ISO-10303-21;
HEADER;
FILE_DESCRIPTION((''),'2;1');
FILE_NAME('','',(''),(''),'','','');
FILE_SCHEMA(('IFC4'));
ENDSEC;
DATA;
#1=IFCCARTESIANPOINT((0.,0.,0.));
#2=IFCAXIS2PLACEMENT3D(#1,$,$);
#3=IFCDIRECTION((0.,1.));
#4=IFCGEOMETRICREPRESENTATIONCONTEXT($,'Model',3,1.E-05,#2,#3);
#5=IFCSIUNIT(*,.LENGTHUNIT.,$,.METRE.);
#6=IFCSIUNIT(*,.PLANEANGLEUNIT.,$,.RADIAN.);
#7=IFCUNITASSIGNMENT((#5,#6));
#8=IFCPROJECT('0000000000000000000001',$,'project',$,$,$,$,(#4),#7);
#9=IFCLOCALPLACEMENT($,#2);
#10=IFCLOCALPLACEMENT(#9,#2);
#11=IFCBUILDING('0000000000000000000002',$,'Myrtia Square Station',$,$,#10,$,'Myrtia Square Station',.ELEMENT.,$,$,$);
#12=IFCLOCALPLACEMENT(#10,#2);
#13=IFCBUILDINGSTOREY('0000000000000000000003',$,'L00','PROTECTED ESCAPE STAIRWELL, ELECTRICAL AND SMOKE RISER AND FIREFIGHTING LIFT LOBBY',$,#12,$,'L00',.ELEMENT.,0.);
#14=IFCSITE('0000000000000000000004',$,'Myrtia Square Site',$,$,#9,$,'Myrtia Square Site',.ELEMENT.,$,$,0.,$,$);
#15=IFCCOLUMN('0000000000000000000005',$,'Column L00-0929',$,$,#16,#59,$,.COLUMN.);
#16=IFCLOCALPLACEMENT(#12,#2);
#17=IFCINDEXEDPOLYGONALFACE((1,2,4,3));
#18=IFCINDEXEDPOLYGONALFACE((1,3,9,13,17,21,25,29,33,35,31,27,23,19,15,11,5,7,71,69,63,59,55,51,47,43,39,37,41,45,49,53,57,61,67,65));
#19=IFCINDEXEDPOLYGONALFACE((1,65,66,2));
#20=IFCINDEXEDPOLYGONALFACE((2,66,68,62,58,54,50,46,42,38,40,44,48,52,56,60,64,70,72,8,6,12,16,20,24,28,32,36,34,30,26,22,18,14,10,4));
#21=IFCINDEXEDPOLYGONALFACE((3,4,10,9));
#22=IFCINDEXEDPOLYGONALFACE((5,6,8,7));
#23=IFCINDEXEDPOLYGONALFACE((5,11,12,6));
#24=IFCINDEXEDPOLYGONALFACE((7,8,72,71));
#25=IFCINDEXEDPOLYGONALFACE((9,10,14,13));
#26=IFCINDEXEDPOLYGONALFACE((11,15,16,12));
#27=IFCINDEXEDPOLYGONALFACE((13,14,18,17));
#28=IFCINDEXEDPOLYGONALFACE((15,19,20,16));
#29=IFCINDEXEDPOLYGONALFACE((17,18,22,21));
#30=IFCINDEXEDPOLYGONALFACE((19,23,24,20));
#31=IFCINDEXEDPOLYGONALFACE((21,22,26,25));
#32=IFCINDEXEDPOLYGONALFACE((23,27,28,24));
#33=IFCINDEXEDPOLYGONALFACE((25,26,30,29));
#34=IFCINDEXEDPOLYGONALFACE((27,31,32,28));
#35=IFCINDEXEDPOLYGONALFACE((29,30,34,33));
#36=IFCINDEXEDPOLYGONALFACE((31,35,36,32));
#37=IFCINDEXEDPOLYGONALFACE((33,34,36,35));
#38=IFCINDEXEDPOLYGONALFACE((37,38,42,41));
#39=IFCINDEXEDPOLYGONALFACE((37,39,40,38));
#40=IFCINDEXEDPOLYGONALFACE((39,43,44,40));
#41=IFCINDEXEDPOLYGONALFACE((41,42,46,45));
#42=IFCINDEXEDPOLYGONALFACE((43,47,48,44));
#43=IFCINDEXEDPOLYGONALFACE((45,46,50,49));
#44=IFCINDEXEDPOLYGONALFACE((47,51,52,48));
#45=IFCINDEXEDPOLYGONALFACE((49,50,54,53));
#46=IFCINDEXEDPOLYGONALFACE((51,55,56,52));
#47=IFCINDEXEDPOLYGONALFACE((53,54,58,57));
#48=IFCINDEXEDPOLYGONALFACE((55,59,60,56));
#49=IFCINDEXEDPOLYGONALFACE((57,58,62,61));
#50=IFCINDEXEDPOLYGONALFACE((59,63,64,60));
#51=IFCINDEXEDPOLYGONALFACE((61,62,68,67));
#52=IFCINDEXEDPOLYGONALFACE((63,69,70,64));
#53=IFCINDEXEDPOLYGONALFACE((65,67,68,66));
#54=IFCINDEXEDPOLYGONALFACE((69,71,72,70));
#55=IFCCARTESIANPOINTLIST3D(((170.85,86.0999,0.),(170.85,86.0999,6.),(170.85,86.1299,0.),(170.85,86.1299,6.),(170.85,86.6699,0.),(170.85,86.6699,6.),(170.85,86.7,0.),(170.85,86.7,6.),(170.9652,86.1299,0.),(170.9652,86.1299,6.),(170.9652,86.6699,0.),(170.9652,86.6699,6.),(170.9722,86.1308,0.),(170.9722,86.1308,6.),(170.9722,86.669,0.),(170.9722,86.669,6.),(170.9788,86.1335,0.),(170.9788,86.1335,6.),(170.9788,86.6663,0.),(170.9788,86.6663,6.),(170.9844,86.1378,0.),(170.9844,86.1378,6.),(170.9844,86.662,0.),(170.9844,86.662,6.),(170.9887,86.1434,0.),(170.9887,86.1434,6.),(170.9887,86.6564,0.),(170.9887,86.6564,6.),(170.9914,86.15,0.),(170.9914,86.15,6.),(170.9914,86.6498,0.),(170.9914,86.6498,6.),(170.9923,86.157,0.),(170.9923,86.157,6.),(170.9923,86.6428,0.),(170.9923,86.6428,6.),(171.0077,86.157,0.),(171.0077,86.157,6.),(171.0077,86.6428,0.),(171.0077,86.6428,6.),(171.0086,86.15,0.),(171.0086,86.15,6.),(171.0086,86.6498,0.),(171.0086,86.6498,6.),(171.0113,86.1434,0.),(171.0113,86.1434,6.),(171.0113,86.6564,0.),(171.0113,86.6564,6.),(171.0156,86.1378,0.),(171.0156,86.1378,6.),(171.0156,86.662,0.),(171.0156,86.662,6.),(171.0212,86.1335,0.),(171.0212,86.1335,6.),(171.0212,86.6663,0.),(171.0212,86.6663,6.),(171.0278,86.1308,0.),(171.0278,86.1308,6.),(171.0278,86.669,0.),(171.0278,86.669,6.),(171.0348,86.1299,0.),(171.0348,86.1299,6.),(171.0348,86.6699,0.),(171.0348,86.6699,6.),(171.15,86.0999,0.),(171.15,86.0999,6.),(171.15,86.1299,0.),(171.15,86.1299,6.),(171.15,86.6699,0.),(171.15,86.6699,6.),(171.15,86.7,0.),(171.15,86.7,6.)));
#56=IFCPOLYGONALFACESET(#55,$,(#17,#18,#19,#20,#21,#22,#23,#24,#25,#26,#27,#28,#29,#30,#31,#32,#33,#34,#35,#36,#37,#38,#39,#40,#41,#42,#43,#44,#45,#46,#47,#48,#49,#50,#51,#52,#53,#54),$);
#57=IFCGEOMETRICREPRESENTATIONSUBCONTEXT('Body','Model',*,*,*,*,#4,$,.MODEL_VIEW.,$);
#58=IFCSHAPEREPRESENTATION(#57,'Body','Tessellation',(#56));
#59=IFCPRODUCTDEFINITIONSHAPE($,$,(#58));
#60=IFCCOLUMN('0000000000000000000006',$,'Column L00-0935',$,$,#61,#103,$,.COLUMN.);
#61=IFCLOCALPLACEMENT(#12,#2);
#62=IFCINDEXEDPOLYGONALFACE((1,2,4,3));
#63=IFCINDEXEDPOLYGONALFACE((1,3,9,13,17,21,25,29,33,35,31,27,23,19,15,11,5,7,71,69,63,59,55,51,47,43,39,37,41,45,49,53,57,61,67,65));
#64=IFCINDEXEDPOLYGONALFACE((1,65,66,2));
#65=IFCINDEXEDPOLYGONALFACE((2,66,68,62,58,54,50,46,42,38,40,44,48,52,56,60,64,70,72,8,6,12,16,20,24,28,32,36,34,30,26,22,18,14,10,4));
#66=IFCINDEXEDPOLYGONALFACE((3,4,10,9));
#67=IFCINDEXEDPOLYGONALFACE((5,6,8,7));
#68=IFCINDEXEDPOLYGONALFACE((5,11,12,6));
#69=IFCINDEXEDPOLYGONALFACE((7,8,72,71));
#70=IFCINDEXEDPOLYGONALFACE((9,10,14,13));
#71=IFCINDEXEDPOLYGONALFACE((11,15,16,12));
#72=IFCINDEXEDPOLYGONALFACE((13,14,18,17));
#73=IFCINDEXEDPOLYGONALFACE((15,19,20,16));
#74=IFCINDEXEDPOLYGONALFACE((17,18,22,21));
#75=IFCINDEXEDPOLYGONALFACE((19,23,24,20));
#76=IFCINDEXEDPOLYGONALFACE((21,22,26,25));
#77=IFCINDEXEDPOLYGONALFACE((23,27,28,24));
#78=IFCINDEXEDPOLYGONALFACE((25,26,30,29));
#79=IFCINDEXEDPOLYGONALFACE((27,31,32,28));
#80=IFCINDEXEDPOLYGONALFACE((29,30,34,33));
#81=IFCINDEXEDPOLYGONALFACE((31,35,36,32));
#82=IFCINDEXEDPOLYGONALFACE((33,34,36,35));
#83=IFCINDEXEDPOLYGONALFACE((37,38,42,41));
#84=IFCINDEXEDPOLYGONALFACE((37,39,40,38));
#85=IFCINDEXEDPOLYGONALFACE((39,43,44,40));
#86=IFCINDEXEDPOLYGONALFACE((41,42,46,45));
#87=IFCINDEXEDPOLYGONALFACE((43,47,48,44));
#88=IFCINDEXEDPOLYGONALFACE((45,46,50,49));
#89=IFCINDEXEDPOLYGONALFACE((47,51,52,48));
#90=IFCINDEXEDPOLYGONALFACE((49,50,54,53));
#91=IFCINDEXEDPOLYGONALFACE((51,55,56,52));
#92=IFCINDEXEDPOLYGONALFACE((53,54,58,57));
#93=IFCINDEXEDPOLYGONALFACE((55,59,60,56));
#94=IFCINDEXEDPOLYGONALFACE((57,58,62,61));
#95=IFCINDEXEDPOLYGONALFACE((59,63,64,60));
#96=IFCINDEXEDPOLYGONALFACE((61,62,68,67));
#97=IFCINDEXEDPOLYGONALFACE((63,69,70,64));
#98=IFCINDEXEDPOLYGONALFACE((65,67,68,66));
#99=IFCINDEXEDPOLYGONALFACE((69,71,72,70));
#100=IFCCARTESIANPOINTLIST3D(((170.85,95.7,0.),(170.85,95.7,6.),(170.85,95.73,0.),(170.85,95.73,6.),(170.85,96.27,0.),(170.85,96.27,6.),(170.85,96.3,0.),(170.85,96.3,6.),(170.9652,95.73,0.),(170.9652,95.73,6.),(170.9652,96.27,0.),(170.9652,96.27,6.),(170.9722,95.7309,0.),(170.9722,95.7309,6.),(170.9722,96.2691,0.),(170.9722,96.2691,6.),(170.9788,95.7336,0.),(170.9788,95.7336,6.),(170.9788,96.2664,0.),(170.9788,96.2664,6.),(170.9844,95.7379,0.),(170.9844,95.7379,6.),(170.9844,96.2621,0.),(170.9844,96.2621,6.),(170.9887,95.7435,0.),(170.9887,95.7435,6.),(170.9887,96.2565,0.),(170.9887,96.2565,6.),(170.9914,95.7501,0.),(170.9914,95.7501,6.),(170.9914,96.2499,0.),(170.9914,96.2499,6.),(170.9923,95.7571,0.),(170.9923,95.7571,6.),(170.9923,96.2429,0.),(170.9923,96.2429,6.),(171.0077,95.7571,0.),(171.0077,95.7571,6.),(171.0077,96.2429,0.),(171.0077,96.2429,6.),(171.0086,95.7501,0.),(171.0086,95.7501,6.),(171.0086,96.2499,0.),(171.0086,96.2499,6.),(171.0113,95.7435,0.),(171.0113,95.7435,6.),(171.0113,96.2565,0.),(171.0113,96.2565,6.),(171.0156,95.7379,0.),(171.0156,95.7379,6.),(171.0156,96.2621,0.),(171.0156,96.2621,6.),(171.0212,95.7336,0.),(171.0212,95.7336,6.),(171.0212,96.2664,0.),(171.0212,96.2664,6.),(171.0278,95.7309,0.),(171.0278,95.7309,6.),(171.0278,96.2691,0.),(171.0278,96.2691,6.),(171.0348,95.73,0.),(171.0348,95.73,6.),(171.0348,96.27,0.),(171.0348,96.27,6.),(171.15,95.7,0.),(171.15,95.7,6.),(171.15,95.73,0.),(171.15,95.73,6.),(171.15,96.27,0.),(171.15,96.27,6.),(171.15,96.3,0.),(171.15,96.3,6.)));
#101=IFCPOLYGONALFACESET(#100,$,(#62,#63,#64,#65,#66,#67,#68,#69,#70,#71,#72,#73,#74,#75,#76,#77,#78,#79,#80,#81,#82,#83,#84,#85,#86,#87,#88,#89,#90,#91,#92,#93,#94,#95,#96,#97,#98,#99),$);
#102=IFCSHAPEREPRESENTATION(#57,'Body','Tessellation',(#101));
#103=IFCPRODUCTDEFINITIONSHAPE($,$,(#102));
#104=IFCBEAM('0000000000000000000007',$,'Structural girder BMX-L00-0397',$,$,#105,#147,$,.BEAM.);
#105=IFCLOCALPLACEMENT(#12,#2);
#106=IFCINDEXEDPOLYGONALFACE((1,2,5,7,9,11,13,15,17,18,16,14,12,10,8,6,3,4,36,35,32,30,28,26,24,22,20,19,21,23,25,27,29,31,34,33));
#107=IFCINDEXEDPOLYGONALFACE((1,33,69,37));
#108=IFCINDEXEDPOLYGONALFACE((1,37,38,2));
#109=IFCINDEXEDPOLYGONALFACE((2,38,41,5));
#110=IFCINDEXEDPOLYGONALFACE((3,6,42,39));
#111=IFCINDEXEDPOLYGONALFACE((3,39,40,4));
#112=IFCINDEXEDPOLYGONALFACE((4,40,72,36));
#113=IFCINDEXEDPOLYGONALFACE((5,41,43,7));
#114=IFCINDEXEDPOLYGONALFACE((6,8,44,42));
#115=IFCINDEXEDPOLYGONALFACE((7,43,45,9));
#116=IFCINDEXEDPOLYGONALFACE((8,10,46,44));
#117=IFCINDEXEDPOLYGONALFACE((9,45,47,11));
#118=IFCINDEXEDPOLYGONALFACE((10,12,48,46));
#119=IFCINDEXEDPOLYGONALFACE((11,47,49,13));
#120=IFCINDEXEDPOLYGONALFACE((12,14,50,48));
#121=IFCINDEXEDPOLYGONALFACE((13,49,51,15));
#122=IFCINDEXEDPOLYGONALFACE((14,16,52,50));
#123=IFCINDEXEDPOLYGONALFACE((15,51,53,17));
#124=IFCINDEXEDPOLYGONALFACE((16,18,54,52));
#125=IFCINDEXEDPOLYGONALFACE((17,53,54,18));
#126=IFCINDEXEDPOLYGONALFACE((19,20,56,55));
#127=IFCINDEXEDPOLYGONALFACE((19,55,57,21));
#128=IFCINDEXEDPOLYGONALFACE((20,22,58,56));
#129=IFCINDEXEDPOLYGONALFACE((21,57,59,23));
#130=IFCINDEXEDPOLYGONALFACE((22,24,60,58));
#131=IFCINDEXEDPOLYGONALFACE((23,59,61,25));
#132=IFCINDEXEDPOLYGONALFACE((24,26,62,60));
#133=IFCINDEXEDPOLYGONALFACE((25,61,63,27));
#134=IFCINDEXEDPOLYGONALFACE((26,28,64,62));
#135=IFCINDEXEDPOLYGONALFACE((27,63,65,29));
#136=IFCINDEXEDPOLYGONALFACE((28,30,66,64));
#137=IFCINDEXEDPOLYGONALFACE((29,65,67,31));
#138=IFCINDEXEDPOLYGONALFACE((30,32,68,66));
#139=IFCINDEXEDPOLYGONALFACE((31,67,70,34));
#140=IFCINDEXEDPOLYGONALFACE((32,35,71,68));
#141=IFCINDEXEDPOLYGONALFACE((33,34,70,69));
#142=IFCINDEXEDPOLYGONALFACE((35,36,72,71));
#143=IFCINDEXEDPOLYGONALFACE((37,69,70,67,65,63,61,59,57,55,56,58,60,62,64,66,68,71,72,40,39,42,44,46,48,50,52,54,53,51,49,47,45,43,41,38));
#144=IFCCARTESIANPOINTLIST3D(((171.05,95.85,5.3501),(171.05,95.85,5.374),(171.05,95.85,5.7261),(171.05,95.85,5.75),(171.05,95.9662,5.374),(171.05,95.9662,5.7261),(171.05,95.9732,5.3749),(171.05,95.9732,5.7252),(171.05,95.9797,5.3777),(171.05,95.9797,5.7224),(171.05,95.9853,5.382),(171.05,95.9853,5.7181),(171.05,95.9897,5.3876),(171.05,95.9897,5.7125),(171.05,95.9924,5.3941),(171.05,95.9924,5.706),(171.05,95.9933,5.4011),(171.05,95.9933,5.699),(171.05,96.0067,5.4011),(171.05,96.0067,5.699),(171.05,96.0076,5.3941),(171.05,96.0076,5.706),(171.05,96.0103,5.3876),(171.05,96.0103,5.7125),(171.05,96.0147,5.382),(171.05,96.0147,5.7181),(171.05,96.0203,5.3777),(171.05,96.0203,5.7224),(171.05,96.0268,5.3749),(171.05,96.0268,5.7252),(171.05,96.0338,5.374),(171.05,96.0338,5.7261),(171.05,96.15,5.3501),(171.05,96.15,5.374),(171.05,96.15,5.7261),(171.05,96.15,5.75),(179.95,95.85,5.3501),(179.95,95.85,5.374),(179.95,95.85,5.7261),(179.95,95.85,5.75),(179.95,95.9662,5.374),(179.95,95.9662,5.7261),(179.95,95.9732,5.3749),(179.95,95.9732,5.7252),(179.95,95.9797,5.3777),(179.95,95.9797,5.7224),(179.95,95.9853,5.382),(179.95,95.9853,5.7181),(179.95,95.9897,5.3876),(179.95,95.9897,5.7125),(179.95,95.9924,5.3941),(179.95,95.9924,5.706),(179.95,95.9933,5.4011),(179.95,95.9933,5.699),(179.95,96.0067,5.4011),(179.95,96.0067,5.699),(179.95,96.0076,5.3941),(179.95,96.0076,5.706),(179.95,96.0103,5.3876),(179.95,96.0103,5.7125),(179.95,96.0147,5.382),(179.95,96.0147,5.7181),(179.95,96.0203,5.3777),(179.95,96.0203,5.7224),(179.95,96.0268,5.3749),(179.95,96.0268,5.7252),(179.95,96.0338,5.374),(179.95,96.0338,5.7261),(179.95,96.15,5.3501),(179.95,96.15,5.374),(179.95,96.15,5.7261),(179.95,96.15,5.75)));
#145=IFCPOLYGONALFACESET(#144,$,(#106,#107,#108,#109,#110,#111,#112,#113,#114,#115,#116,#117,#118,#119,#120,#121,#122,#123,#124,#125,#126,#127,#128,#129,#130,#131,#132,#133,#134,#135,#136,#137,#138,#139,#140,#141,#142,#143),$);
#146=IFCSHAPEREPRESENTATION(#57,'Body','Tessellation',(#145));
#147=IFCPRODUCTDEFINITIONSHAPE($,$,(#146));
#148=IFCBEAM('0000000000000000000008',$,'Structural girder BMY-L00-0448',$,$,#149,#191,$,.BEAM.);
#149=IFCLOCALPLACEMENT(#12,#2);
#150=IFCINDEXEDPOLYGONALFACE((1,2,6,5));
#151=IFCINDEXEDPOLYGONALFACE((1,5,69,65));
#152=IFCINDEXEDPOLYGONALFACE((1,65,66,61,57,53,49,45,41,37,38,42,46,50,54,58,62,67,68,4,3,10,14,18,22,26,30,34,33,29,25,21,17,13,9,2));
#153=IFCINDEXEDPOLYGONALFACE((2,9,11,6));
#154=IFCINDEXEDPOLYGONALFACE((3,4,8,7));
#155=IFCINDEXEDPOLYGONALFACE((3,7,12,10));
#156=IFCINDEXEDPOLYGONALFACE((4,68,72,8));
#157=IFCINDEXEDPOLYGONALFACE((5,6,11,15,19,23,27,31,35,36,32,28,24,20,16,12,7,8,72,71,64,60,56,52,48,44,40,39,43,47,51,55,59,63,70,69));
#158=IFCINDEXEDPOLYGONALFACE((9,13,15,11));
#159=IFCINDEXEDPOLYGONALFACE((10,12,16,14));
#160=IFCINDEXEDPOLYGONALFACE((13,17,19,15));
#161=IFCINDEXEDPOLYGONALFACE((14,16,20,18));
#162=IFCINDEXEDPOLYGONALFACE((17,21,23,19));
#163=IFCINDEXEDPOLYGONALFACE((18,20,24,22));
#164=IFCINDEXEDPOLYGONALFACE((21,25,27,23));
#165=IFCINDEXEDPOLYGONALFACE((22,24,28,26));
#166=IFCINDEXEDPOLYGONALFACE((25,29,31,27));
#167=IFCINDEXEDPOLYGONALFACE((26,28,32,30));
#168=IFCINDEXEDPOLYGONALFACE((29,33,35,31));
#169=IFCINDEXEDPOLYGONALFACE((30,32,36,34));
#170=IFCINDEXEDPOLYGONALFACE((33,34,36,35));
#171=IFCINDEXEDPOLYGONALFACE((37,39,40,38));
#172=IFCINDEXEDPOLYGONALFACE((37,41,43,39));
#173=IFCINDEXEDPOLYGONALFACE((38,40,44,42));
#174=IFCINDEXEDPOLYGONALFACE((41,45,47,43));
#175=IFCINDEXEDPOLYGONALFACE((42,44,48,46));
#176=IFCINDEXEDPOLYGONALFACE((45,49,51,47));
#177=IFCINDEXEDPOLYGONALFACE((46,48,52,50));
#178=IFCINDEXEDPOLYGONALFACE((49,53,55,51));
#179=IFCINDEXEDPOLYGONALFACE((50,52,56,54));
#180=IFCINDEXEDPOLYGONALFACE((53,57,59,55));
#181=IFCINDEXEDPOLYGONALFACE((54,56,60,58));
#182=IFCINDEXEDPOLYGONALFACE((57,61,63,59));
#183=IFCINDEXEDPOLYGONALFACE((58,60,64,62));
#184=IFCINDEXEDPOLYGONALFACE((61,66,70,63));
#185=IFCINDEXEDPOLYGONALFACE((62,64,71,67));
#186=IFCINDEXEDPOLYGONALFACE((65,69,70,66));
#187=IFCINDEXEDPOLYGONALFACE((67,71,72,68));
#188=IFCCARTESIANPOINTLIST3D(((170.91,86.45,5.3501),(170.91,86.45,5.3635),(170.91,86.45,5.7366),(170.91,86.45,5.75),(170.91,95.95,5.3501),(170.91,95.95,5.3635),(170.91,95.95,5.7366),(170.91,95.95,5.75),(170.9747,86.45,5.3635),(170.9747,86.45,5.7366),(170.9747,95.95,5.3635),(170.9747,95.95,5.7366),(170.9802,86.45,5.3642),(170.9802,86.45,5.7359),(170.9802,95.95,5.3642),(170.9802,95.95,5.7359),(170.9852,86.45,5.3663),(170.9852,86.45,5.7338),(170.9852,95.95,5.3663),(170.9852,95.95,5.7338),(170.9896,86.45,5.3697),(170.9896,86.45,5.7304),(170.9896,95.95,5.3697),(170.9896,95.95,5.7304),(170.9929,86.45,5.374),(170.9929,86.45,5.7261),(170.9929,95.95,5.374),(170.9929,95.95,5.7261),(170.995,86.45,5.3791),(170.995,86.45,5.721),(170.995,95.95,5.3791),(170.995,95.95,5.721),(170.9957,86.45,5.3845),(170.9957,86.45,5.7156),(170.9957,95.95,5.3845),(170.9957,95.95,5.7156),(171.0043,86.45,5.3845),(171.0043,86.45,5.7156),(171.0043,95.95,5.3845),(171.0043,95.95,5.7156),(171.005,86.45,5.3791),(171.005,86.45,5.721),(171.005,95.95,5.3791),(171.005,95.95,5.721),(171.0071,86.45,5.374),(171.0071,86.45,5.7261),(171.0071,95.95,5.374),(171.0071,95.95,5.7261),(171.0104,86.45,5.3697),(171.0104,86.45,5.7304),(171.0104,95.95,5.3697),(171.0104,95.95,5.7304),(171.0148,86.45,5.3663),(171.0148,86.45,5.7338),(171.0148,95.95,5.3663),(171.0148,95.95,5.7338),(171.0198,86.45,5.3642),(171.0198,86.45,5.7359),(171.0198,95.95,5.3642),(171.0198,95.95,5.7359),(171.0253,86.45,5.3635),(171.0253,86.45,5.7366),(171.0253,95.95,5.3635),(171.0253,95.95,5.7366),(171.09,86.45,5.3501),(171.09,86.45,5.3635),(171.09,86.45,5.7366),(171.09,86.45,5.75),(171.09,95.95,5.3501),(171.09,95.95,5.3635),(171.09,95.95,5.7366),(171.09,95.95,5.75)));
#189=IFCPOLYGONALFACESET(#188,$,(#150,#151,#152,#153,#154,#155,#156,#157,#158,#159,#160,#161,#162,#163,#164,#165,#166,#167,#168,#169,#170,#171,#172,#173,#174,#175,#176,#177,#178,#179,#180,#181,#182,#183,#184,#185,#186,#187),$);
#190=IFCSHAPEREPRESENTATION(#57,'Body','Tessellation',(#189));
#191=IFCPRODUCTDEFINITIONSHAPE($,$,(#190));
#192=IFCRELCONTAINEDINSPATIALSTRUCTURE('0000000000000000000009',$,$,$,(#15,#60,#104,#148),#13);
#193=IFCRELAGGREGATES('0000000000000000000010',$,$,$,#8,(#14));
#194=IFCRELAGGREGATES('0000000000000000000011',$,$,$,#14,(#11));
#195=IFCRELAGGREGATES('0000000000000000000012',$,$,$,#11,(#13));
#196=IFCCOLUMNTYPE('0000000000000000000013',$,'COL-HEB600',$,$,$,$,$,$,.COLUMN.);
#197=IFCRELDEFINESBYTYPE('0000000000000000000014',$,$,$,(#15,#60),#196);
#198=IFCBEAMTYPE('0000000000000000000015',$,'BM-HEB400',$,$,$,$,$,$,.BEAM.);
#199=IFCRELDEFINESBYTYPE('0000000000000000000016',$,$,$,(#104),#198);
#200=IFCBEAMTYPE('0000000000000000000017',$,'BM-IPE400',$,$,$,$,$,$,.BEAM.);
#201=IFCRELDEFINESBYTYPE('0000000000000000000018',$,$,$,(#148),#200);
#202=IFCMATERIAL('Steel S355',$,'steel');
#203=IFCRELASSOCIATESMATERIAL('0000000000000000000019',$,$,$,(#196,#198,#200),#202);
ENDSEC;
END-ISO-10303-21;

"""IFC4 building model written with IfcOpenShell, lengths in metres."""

from ifc_helpers import new_model, si_unit, direction, frame, origin, origin_2d, place, context, subcontext, project, spatial, i_section, extrude, material, material_profile, profile_set, type_object, element, save


model = new_model("IFC4")

# Units and contexts
model_context = context("Model", 3, precision=1e-05, world=origin(), true_north=direction((0.0, 1.0)))
body_context = subcontext(model_context, "Body", "Model", "MODEL_VIEW")
ifc_project = project(units=[si_unit("LENGTHUNIT", "METRE"), si_unit("PLANEANGLEUNIT", "RADIAN")], contexts=[model_context])

# Site, building, storey
site_placement = place(None, origin())
site = spatial("IfcSite", under=ifc_project, at=site_placement, Name="Myrtia Square Site", LongName="Myrtia Square Site", CompositionType="ELEMENT", RefElevation=0.0)
building_placement = place(site_placement, origin())
building = spatial("IfcBuilding", under=site, at=building_placement, Name="Myrtia Square Station", LongName="Myrtia Square Station", CompositionType="ELEMENT")
storey_placement = place(building_placement, origin())
storey = spatial("IfcBuildingStorey", under=building, at=storey_placement, Name="L00", Description="PROTECTED ESCAPE STAIRWELL, ELECTRICAL AND SMOKE RISER AND FIREFIGHTING LIFT LOBBY", LongName="L00", CompositionType="ELEMENT", Elevation=0.0)

# Columns
ifc_material_1 = material(Name="Steel S355", Category="steel")
ifc_material_profile_1 = material_profile(ifc_material_1, i_section(OverallWidth=0.3, OverallDepth=0.6001, WebThickness=0.0154, FlangeThickness=0.03, FilletRadius=0.0271, at=origin_2d()), Name="HEB 600")
ifc_profile_set_1 = profile_set([ifc_material_profile_1], Name="Steel S355")
column_type = type_object("IfcColumnType", Name="COL-HEB600", PredefinedType="COLUMN", material=ifc_profile_set_1)
for number, where, z_axis, x_axis, name in (
    (1, (171.0, 86.3999, 0.0), (0.0, 0.0, 1.0), (1.0, 0.0, 0.0), "Column L00-0929"),
    (2, (171.0, 96.0, 0.0), (0.0, 0.0, 1.0), (1.0, 0.0, 0.0), "Column L00-0935"),
):
    element("IfcColumn", number, at=place(storey_placement, frame(where, z_axis=z_axis, x_axis=x_axis)), inside=storey, type_object=column_type, Name=name, PredefinedType="COLUMN", context=body_context, shape_type="SweptSolid", body=[
        extrude(i_section(OverallWidth=0.3, OverallDepth=0.6001, WebThickness=0.0154, FlangeThickness=0.03, FilletRadius=0.0271, at=origin_2d()), origin(), (0.0, 0.0, 1.0), 6.0),
    ])

# Beams
ifc_material_profile_2 = material_profile(ifc_material_1, i_section(OverallWidth=0.3, OverallDepth=0.3999, WebThickness=0.0134, FlangeThickness=0.0239, FilletRadius=0.0271, at=origin_2d()), Name="HEB 400")
ifc_profile_set_2 = profile_set([ifc_material_profile_2], Name="Steel S355")
beam_type_1 = type_object("IfcBeamType", Name="BM-HEB400", PredefinedType="BEAM", material=ifc_profile_set_2)
beam_1_placement = place(storey_placement, frame((171.05, 96.0, 5.55), z_axis=(1.0, 0.0, 0.0), x_axis=(0.0, 1.0, 0.0)))
element("IfcBeam", 3, at=beam_1_placement, inside=storey, type_object=beam_type_1, Name="Structural girder BMX-L00-0397", PredefinedType="BEAM", context=body_context, shape_type="SweptSolid", body=[
    extrude(i_section(OverallWidth=0.3, OverallDepth=0.3999, WebThickness=0.0134, FlangeThickness=0.0239, FilletRadius=0.0271, at=origin_2d()), origin(), (0.0, 0.0, 1.0), 8.8999),
])
ifc_material_profile_3 = material_profile(ifc_material_1, i_section(OverallWidth=0.1799, OverallDepth=0.3999, WebThickness=0.0085, FlangeThickness=0.0134, FilletRadius=0.021, at=origin_2d()), Name="IPE 400")
ifc_profile_set_3 = profile_set([ifc_material_profile_3], Name="Steel S355")
beam_type_2 = type_object("IfcBeamType", Name="BM-IPE400", PredefinedType="BEAM", material=ifc_profile_set_3)
for number, where, z_axis, x_axis, name in (
    (4, (171.0, 86.45, 5.55), (0.0, 1.0, 0.0), (-1.0, 0.0, 0.0), "Structural girder BMY-L00-0448"),
):
    element("IfcBeam", number, at=place(storey_placement, frame(where, z_axis=z_axis, x_axis=x_axis)), inside=storey, type_object=beam_type_2, Name=name, PredefinedType="BEAM", context=body_context, shape_type="SweptSolid", body=[
        extrude(i_section(OverallWidth=0.1799, OverallDepth=0.3999, WebThickness=0.0085, FlangeThickness=0.0134, FilletRadius=0.021, at=origin_2d()), origin(), (0.0, 0.0, 1.0), 9.5),
    ])

save(model, "model.ifc")
